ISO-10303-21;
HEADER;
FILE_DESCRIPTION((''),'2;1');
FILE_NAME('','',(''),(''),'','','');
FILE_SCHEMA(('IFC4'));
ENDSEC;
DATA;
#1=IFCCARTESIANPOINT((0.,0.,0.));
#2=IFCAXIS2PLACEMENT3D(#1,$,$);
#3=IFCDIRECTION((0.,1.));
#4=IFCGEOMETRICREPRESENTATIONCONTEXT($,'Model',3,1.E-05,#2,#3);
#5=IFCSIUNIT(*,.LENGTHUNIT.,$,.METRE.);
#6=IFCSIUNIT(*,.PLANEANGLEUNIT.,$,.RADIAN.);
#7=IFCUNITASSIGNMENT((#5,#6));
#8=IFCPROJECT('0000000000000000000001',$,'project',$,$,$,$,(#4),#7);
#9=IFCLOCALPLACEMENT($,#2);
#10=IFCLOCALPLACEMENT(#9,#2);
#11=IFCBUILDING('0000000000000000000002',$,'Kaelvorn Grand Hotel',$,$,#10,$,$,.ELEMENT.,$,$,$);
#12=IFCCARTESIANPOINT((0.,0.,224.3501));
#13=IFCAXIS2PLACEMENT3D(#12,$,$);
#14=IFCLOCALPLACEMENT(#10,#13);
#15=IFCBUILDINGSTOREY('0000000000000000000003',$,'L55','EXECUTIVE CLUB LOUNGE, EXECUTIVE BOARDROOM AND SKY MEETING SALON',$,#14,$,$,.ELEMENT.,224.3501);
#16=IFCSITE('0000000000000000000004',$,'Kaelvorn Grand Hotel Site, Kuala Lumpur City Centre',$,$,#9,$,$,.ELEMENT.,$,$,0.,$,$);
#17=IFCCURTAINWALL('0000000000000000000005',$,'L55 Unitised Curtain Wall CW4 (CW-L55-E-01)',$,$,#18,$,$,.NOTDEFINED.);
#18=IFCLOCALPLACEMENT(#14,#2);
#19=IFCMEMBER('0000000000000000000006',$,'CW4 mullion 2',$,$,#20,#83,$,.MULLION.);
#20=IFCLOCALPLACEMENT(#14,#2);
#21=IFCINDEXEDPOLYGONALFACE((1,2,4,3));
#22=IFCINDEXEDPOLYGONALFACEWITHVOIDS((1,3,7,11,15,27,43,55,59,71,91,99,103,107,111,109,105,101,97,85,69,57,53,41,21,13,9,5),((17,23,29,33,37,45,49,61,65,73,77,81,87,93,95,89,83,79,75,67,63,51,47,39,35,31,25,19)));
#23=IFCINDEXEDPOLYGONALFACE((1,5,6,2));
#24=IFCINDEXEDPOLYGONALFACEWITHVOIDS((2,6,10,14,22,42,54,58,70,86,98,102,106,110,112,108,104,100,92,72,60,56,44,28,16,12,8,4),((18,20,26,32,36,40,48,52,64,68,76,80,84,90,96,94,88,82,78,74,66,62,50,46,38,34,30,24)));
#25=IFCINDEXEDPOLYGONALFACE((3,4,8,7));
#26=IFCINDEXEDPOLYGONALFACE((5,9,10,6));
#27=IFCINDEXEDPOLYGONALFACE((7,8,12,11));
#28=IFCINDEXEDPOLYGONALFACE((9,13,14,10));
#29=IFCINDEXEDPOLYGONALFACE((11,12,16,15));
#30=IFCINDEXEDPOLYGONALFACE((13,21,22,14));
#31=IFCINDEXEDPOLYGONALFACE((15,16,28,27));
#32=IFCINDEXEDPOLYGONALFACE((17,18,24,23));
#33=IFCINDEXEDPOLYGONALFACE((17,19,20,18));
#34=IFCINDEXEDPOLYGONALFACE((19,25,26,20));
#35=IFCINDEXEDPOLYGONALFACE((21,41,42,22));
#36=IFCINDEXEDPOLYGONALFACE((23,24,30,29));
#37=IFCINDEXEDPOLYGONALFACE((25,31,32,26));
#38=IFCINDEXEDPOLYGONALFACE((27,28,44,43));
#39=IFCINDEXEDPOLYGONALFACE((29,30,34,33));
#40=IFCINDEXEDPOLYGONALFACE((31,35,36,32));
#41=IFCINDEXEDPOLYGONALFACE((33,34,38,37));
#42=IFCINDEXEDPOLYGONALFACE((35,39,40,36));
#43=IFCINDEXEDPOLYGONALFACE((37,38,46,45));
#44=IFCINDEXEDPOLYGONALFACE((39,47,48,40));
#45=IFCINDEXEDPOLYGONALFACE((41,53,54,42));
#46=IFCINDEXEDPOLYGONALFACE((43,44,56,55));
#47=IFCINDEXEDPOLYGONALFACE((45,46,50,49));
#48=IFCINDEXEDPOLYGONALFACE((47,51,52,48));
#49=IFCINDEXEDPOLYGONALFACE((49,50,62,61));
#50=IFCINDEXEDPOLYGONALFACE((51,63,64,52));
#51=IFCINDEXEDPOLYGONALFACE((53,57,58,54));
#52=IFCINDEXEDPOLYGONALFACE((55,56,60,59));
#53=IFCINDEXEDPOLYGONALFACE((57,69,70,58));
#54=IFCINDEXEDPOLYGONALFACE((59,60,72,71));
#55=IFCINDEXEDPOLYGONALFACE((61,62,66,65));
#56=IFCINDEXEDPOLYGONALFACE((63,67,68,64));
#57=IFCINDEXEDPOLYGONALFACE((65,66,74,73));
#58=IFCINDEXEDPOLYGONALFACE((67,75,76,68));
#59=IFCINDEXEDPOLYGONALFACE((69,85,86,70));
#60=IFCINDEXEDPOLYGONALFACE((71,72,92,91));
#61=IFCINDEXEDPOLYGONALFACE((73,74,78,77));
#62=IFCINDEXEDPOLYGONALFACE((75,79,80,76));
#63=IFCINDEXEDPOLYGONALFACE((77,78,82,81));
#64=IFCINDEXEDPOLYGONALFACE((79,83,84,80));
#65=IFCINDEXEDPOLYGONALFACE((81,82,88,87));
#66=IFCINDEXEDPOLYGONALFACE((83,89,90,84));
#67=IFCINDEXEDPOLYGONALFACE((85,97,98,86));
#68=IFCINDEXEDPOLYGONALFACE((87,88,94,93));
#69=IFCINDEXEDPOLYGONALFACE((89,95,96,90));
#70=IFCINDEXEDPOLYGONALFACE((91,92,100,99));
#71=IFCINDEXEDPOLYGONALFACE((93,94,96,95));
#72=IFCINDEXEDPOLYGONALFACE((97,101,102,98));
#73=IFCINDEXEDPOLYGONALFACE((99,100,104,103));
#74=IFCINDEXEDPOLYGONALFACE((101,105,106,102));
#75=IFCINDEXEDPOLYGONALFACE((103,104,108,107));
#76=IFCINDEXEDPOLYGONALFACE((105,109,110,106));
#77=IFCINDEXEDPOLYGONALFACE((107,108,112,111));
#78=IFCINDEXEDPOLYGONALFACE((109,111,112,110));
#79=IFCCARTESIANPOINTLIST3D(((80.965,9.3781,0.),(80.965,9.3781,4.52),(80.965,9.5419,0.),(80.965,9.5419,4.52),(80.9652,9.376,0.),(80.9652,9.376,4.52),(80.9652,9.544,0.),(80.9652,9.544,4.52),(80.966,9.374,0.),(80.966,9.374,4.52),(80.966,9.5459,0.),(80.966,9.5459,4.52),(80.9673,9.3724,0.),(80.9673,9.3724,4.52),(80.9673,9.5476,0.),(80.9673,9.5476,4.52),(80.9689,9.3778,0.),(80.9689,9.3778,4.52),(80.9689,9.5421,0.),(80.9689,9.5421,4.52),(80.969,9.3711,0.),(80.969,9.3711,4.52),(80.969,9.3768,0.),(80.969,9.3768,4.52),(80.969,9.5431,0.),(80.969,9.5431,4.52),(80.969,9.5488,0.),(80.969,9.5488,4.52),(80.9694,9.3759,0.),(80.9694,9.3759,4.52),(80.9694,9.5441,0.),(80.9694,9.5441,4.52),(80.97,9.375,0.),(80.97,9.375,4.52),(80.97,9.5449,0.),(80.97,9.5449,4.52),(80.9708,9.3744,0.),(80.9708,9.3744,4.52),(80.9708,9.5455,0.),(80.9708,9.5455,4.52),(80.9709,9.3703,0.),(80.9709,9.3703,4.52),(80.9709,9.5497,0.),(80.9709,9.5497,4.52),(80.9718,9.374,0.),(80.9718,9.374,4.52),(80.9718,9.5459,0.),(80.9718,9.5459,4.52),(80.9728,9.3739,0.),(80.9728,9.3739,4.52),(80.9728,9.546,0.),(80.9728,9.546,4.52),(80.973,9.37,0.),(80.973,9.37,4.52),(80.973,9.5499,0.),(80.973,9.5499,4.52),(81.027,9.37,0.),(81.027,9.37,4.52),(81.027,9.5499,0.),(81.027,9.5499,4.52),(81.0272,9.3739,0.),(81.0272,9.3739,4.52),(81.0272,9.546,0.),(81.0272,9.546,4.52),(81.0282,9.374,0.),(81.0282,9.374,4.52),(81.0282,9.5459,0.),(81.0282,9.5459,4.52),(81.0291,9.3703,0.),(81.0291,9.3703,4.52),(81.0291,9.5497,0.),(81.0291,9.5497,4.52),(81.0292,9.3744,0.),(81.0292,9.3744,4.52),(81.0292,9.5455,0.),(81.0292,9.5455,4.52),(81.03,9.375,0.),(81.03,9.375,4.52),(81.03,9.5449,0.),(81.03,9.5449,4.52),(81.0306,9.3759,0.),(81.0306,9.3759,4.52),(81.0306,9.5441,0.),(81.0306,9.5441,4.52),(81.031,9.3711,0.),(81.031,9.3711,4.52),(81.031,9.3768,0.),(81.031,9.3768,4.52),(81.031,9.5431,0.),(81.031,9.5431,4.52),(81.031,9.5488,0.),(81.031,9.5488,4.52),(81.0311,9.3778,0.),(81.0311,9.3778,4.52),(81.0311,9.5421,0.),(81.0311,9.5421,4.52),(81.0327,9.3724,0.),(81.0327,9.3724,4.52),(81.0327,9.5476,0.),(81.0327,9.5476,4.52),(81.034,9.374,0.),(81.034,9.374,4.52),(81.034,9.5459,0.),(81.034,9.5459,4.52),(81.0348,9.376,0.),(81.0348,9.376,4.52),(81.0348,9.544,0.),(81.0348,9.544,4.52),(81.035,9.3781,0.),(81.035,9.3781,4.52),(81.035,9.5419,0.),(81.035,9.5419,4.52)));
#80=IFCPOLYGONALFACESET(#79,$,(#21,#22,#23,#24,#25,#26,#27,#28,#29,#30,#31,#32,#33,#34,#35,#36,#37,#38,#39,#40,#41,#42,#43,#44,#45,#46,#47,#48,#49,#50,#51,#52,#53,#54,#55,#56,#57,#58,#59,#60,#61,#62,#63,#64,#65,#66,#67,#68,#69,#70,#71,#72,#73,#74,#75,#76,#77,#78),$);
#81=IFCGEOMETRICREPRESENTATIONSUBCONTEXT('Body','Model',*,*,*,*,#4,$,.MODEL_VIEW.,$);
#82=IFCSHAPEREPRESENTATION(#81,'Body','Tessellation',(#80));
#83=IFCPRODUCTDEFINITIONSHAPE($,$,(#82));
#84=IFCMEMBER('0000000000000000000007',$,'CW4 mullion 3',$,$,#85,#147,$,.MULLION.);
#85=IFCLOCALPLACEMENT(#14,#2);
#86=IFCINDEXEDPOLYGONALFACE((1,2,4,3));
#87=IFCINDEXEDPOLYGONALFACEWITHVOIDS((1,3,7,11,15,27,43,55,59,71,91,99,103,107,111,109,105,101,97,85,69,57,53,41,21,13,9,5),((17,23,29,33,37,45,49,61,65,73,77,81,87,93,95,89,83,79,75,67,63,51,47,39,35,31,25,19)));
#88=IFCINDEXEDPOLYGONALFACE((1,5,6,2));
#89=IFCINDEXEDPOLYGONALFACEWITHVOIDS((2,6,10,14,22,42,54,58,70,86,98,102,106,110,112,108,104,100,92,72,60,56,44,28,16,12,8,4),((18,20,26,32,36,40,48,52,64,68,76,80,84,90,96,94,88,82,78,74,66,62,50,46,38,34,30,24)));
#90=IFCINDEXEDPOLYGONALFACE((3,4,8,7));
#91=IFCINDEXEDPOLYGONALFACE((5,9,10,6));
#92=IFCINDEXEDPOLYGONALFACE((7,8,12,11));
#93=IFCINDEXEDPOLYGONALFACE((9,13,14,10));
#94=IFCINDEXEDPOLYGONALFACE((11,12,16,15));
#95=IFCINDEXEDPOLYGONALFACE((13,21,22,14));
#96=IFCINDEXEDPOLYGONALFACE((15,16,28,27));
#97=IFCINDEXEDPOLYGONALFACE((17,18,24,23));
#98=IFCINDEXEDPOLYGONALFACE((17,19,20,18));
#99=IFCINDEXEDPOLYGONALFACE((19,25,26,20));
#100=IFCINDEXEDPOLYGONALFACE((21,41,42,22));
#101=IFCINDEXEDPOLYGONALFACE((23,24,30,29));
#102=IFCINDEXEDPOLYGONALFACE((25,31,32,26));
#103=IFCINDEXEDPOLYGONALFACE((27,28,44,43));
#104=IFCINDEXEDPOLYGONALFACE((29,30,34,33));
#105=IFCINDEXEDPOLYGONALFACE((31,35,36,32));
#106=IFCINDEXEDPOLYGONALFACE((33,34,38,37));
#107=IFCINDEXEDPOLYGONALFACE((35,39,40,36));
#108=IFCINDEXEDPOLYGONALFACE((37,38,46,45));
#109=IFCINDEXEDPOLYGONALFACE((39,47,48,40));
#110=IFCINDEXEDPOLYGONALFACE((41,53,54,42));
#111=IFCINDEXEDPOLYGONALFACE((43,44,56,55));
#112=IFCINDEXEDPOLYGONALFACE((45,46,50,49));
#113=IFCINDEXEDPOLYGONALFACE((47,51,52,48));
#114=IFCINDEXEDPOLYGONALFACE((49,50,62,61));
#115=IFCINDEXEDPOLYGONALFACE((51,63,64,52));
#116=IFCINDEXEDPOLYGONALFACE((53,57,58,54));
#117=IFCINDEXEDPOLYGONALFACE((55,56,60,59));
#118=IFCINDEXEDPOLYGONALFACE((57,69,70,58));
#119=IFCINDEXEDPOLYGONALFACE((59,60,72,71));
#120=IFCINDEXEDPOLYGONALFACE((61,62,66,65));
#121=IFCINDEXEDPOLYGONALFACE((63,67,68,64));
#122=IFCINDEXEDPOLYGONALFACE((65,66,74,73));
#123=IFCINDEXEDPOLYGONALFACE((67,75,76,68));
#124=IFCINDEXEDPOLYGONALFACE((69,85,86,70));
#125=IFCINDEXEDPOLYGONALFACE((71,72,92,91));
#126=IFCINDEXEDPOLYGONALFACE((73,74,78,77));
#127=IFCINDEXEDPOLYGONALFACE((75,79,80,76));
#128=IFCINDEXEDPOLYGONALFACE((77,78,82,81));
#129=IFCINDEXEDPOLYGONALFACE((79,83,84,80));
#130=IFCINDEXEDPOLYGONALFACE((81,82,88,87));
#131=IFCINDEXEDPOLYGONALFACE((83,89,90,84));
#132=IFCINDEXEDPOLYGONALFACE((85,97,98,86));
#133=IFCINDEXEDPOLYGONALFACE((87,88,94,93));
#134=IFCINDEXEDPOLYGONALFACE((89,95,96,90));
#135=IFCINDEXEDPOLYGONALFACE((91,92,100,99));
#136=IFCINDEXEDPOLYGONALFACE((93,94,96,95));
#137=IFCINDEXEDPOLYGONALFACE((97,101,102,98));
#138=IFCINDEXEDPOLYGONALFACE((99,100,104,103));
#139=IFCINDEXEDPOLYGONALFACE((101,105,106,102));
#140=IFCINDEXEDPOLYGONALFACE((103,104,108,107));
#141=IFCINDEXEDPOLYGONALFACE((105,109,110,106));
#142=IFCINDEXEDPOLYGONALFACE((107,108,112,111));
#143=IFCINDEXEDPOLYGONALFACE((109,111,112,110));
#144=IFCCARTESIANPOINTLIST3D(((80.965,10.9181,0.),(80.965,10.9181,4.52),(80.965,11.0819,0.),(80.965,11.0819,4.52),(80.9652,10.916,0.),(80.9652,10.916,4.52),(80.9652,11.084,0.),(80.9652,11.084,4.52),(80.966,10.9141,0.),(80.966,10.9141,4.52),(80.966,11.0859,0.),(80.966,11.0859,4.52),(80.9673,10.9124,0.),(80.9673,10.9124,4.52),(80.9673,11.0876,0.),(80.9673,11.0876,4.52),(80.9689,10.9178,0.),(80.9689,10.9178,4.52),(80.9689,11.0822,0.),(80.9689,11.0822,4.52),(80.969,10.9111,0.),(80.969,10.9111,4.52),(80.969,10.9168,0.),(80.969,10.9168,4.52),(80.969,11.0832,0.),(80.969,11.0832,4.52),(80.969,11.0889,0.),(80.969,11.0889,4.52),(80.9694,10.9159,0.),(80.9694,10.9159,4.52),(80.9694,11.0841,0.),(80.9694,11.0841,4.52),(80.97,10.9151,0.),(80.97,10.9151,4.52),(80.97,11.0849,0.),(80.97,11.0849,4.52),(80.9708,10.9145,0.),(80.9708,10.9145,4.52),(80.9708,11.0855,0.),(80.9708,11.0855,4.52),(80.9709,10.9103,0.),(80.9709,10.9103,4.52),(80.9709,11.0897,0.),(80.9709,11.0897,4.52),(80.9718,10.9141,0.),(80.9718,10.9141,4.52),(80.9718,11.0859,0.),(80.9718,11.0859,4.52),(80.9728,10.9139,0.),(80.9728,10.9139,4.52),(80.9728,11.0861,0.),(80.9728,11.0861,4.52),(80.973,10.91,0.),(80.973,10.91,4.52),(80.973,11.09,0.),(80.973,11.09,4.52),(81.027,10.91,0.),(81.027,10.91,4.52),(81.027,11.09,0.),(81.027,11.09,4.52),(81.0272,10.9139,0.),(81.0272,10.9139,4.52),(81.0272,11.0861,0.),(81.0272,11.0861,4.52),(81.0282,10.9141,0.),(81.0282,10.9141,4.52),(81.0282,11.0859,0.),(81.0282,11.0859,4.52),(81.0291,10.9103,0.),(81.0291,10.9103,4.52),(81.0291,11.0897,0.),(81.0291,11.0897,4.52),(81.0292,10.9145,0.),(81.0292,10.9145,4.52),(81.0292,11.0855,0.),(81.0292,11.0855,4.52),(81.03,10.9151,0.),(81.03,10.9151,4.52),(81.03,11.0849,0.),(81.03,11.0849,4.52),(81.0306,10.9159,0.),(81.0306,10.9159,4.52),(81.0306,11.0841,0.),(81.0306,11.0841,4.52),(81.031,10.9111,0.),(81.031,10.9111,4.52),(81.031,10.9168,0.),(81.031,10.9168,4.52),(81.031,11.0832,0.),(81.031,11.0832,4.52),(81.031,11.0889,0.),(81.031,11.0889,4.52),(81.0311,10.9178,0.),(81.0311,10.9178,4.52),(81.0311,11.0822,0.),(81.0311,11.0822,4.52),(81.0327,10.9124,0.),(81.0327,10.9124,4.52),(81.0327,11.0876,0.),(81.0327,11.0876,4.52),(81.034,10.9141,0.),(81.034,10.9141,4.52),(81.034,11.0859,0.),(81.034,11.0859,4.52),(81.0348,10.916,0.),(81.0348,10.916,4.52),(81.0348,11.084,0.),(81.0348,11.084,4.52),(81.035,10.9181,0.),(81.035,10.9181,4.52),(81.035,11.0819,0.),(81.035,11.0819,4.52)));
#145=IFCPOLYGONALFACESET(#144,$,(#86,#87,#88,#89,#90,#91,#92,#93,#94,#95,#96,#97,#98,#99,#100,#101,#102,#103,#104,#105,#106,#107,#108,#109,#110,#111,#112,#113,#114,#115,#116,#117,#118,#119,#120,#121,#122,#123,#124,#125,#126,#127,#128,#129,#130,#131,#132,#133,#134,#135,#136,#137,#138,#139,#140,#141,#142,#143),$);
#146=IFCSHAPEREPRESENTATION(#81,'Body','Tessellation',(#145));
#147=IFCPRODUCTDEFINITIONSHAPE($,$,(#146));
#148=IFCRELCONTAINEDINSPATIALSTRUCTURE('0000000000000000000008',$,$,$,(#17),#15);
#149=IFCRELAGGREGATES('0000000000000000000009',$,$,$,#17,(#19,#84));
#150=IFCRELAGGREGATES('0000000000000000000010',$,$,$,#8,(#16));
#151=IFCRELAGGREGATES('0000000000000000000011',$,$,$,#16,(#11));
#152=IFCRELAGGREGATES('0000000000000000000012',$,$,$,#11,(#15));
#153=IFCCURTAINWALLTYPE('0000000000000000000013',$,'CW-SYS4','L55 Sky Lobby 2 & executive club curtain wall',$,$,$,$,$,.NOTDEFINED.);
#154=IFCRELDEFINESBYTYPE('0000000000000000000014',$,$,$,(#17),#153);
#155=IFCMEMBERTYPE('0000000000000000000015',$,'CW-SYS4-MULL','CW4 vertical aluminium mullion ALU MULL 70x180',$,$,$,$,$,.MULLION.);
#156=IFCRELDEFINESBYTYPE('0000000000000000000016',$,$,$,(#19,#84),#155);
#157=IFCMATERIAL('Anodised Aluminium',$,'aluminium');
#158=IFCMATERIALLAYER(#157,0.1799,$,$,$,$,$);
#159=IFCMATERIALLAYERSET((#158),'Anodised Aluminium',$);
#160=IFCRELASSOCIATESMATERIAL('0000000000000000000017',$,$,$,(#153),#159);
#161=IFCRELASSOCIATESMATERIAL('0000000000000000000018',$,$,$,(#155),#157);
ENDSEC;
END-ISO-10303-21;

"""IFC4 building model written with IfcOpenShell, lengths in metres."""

from ifc_helpers import new_model, si_unit, direction, frame, origin, origin_2d, place, context, subcontext, project, spatial, hollow_rectangle, extrude, material, layer, layer_set, material_profile, profile_set, type_object, element, aggregate, save


model = new_model("IFC4")

# Units and contexts
model_context = context("Model", 3, precision=1e-05, world=origin(), true_north=direction((0.0, 1.0)))
body_context = subcontext(model_context, "Body", "Model", "MODEL_VIEW")
ifc_project = project(units=[si_unit("LENGTHUNIT", "METRE"), si_unit("PLANEANGLEUNIT", "RADIAN")], contexts=[model_context])

# Site, building, storey
site_placement = place(None, origin())
site = spatial("IfcSite", under=ifc_project, at=site_placement, Name="Kaelvorn Grand Hotel Site, Kuala Lumpur City Centre", CompositionType="ELEMENT", RefElevation=0.0)
building_placement = place(site_placement, origin())
building = spatial("IfcBuilding", under=site, at=building_placement, Name="Kaelvorn Grand Hotel", CompositionType="ELEMENT")
storey_placement = place(building_placement, frame((0.0, 0.0, 224.3501)))
storey = spatial("IfcBuildingStorey", under=building, at=storey_placement, Name="L55", Description="EXECUTIVE CLUB LOUNGE, EXECUTIVE BOARDROOM AND SKY MEETING SALON", CompositionType="ELEMENT", Elevation=224.3501)

# Curtain wall, members
ifc_material_1 = material(Name="Anodised Aluminium", Category="aluminium")
ifc_layer_1 = layer(ifc_material_1, 0.1799)
ifc_layer_set_1 = layer_set([ifc_layer_1], Name="Anodised Aluminium")
curtain_wall_type = type_object("IfcCurtainWallType", Name="CW-SYS4", Description="L55 Sky Lobby 2 & executive club curtain wall", PredefinedType="NOTDEFINED", material=ifc_layer_set_1)
curtain_wall_placement = place(storey_placement, origin())
curtain_wall = element("IfcCurtainWall", 1, at=curtain_wall_placement, inside=storey, type_object=curtain_wall_type, Name="L55 Unitised Curtain Wall CW4 (CW-L55-E-01)", PredefinedType="NOTDEFINED")
ifc_material_profile_1 = material_profile(ifc_material_1, hollow_rectangle(XDim=0.0701, YDim=0.1799, WallThickness=0.0039, InnerFilletRadius=0.0039, OuterFilletRadius=0.0081, at=origin_2d()), Name="ALU MULL 70x180")
ifc_profile_set_1 = profile_set([ifc_material_profile_1], Name="Anodised Aluminium")
member_type_1 = type_object("IfcMemberType", Name="CW-SYS4-MULL", Description="CW4 vertical aluminium mullion ALU MULL 70x180", PredefinedType="MULLION", material=ifc_profile_set_1)
member_1_placement = place(storey_placement, frame((81.0, 9.46, 0.0), z_axis=(0.0, 0.0, 1.0), x_axis=(-1.0, 0.0, 0.0)))
member_1 = element("IfcMember", 2, at=member_1_placement, type_object=member_type_1, Name="CW4 mullion 2", PredefinedType="MULLION", context=body_context, shape_type="SweptSolid", body=[
    extrude(hollow_rectangle(XDim=0.0701, YDim=0.1799, WallThickness=0.0039, InnerFilletRadius=0.0039, OuterFilletRadius=0.0081, at=origin_2d()), origin(), (0.0, 0.0, 1.0), 4.52),
])
member_2_placement = place(storey_placement, frame((81.0, 11.0, 0.0), z_axis=(0.0, 0.0, 1.0), x_axis=(-1.0, 0.0, 0.0)))
member_2 = element("IfcMember", 3, at=member_2_placement, type_object=member_type_1, Name="CW4 mullion 3", PredefinedType="MULLION", context=body_context, shape_type="SweptSolid", body=[
    extrude(hollow_rectangle(XDim=0.0701, YDim=0.1799, WallThickness=0.0039, InnerFilletRadius=0.0039, OuterFilletRadius=0.0081, at=origin_2d()), origin(), (0.0, 0.0, 1.0), 4.52),
])
aggregate(curtain_wall, [member_1, member_2])

save(model, "model.ifc")
